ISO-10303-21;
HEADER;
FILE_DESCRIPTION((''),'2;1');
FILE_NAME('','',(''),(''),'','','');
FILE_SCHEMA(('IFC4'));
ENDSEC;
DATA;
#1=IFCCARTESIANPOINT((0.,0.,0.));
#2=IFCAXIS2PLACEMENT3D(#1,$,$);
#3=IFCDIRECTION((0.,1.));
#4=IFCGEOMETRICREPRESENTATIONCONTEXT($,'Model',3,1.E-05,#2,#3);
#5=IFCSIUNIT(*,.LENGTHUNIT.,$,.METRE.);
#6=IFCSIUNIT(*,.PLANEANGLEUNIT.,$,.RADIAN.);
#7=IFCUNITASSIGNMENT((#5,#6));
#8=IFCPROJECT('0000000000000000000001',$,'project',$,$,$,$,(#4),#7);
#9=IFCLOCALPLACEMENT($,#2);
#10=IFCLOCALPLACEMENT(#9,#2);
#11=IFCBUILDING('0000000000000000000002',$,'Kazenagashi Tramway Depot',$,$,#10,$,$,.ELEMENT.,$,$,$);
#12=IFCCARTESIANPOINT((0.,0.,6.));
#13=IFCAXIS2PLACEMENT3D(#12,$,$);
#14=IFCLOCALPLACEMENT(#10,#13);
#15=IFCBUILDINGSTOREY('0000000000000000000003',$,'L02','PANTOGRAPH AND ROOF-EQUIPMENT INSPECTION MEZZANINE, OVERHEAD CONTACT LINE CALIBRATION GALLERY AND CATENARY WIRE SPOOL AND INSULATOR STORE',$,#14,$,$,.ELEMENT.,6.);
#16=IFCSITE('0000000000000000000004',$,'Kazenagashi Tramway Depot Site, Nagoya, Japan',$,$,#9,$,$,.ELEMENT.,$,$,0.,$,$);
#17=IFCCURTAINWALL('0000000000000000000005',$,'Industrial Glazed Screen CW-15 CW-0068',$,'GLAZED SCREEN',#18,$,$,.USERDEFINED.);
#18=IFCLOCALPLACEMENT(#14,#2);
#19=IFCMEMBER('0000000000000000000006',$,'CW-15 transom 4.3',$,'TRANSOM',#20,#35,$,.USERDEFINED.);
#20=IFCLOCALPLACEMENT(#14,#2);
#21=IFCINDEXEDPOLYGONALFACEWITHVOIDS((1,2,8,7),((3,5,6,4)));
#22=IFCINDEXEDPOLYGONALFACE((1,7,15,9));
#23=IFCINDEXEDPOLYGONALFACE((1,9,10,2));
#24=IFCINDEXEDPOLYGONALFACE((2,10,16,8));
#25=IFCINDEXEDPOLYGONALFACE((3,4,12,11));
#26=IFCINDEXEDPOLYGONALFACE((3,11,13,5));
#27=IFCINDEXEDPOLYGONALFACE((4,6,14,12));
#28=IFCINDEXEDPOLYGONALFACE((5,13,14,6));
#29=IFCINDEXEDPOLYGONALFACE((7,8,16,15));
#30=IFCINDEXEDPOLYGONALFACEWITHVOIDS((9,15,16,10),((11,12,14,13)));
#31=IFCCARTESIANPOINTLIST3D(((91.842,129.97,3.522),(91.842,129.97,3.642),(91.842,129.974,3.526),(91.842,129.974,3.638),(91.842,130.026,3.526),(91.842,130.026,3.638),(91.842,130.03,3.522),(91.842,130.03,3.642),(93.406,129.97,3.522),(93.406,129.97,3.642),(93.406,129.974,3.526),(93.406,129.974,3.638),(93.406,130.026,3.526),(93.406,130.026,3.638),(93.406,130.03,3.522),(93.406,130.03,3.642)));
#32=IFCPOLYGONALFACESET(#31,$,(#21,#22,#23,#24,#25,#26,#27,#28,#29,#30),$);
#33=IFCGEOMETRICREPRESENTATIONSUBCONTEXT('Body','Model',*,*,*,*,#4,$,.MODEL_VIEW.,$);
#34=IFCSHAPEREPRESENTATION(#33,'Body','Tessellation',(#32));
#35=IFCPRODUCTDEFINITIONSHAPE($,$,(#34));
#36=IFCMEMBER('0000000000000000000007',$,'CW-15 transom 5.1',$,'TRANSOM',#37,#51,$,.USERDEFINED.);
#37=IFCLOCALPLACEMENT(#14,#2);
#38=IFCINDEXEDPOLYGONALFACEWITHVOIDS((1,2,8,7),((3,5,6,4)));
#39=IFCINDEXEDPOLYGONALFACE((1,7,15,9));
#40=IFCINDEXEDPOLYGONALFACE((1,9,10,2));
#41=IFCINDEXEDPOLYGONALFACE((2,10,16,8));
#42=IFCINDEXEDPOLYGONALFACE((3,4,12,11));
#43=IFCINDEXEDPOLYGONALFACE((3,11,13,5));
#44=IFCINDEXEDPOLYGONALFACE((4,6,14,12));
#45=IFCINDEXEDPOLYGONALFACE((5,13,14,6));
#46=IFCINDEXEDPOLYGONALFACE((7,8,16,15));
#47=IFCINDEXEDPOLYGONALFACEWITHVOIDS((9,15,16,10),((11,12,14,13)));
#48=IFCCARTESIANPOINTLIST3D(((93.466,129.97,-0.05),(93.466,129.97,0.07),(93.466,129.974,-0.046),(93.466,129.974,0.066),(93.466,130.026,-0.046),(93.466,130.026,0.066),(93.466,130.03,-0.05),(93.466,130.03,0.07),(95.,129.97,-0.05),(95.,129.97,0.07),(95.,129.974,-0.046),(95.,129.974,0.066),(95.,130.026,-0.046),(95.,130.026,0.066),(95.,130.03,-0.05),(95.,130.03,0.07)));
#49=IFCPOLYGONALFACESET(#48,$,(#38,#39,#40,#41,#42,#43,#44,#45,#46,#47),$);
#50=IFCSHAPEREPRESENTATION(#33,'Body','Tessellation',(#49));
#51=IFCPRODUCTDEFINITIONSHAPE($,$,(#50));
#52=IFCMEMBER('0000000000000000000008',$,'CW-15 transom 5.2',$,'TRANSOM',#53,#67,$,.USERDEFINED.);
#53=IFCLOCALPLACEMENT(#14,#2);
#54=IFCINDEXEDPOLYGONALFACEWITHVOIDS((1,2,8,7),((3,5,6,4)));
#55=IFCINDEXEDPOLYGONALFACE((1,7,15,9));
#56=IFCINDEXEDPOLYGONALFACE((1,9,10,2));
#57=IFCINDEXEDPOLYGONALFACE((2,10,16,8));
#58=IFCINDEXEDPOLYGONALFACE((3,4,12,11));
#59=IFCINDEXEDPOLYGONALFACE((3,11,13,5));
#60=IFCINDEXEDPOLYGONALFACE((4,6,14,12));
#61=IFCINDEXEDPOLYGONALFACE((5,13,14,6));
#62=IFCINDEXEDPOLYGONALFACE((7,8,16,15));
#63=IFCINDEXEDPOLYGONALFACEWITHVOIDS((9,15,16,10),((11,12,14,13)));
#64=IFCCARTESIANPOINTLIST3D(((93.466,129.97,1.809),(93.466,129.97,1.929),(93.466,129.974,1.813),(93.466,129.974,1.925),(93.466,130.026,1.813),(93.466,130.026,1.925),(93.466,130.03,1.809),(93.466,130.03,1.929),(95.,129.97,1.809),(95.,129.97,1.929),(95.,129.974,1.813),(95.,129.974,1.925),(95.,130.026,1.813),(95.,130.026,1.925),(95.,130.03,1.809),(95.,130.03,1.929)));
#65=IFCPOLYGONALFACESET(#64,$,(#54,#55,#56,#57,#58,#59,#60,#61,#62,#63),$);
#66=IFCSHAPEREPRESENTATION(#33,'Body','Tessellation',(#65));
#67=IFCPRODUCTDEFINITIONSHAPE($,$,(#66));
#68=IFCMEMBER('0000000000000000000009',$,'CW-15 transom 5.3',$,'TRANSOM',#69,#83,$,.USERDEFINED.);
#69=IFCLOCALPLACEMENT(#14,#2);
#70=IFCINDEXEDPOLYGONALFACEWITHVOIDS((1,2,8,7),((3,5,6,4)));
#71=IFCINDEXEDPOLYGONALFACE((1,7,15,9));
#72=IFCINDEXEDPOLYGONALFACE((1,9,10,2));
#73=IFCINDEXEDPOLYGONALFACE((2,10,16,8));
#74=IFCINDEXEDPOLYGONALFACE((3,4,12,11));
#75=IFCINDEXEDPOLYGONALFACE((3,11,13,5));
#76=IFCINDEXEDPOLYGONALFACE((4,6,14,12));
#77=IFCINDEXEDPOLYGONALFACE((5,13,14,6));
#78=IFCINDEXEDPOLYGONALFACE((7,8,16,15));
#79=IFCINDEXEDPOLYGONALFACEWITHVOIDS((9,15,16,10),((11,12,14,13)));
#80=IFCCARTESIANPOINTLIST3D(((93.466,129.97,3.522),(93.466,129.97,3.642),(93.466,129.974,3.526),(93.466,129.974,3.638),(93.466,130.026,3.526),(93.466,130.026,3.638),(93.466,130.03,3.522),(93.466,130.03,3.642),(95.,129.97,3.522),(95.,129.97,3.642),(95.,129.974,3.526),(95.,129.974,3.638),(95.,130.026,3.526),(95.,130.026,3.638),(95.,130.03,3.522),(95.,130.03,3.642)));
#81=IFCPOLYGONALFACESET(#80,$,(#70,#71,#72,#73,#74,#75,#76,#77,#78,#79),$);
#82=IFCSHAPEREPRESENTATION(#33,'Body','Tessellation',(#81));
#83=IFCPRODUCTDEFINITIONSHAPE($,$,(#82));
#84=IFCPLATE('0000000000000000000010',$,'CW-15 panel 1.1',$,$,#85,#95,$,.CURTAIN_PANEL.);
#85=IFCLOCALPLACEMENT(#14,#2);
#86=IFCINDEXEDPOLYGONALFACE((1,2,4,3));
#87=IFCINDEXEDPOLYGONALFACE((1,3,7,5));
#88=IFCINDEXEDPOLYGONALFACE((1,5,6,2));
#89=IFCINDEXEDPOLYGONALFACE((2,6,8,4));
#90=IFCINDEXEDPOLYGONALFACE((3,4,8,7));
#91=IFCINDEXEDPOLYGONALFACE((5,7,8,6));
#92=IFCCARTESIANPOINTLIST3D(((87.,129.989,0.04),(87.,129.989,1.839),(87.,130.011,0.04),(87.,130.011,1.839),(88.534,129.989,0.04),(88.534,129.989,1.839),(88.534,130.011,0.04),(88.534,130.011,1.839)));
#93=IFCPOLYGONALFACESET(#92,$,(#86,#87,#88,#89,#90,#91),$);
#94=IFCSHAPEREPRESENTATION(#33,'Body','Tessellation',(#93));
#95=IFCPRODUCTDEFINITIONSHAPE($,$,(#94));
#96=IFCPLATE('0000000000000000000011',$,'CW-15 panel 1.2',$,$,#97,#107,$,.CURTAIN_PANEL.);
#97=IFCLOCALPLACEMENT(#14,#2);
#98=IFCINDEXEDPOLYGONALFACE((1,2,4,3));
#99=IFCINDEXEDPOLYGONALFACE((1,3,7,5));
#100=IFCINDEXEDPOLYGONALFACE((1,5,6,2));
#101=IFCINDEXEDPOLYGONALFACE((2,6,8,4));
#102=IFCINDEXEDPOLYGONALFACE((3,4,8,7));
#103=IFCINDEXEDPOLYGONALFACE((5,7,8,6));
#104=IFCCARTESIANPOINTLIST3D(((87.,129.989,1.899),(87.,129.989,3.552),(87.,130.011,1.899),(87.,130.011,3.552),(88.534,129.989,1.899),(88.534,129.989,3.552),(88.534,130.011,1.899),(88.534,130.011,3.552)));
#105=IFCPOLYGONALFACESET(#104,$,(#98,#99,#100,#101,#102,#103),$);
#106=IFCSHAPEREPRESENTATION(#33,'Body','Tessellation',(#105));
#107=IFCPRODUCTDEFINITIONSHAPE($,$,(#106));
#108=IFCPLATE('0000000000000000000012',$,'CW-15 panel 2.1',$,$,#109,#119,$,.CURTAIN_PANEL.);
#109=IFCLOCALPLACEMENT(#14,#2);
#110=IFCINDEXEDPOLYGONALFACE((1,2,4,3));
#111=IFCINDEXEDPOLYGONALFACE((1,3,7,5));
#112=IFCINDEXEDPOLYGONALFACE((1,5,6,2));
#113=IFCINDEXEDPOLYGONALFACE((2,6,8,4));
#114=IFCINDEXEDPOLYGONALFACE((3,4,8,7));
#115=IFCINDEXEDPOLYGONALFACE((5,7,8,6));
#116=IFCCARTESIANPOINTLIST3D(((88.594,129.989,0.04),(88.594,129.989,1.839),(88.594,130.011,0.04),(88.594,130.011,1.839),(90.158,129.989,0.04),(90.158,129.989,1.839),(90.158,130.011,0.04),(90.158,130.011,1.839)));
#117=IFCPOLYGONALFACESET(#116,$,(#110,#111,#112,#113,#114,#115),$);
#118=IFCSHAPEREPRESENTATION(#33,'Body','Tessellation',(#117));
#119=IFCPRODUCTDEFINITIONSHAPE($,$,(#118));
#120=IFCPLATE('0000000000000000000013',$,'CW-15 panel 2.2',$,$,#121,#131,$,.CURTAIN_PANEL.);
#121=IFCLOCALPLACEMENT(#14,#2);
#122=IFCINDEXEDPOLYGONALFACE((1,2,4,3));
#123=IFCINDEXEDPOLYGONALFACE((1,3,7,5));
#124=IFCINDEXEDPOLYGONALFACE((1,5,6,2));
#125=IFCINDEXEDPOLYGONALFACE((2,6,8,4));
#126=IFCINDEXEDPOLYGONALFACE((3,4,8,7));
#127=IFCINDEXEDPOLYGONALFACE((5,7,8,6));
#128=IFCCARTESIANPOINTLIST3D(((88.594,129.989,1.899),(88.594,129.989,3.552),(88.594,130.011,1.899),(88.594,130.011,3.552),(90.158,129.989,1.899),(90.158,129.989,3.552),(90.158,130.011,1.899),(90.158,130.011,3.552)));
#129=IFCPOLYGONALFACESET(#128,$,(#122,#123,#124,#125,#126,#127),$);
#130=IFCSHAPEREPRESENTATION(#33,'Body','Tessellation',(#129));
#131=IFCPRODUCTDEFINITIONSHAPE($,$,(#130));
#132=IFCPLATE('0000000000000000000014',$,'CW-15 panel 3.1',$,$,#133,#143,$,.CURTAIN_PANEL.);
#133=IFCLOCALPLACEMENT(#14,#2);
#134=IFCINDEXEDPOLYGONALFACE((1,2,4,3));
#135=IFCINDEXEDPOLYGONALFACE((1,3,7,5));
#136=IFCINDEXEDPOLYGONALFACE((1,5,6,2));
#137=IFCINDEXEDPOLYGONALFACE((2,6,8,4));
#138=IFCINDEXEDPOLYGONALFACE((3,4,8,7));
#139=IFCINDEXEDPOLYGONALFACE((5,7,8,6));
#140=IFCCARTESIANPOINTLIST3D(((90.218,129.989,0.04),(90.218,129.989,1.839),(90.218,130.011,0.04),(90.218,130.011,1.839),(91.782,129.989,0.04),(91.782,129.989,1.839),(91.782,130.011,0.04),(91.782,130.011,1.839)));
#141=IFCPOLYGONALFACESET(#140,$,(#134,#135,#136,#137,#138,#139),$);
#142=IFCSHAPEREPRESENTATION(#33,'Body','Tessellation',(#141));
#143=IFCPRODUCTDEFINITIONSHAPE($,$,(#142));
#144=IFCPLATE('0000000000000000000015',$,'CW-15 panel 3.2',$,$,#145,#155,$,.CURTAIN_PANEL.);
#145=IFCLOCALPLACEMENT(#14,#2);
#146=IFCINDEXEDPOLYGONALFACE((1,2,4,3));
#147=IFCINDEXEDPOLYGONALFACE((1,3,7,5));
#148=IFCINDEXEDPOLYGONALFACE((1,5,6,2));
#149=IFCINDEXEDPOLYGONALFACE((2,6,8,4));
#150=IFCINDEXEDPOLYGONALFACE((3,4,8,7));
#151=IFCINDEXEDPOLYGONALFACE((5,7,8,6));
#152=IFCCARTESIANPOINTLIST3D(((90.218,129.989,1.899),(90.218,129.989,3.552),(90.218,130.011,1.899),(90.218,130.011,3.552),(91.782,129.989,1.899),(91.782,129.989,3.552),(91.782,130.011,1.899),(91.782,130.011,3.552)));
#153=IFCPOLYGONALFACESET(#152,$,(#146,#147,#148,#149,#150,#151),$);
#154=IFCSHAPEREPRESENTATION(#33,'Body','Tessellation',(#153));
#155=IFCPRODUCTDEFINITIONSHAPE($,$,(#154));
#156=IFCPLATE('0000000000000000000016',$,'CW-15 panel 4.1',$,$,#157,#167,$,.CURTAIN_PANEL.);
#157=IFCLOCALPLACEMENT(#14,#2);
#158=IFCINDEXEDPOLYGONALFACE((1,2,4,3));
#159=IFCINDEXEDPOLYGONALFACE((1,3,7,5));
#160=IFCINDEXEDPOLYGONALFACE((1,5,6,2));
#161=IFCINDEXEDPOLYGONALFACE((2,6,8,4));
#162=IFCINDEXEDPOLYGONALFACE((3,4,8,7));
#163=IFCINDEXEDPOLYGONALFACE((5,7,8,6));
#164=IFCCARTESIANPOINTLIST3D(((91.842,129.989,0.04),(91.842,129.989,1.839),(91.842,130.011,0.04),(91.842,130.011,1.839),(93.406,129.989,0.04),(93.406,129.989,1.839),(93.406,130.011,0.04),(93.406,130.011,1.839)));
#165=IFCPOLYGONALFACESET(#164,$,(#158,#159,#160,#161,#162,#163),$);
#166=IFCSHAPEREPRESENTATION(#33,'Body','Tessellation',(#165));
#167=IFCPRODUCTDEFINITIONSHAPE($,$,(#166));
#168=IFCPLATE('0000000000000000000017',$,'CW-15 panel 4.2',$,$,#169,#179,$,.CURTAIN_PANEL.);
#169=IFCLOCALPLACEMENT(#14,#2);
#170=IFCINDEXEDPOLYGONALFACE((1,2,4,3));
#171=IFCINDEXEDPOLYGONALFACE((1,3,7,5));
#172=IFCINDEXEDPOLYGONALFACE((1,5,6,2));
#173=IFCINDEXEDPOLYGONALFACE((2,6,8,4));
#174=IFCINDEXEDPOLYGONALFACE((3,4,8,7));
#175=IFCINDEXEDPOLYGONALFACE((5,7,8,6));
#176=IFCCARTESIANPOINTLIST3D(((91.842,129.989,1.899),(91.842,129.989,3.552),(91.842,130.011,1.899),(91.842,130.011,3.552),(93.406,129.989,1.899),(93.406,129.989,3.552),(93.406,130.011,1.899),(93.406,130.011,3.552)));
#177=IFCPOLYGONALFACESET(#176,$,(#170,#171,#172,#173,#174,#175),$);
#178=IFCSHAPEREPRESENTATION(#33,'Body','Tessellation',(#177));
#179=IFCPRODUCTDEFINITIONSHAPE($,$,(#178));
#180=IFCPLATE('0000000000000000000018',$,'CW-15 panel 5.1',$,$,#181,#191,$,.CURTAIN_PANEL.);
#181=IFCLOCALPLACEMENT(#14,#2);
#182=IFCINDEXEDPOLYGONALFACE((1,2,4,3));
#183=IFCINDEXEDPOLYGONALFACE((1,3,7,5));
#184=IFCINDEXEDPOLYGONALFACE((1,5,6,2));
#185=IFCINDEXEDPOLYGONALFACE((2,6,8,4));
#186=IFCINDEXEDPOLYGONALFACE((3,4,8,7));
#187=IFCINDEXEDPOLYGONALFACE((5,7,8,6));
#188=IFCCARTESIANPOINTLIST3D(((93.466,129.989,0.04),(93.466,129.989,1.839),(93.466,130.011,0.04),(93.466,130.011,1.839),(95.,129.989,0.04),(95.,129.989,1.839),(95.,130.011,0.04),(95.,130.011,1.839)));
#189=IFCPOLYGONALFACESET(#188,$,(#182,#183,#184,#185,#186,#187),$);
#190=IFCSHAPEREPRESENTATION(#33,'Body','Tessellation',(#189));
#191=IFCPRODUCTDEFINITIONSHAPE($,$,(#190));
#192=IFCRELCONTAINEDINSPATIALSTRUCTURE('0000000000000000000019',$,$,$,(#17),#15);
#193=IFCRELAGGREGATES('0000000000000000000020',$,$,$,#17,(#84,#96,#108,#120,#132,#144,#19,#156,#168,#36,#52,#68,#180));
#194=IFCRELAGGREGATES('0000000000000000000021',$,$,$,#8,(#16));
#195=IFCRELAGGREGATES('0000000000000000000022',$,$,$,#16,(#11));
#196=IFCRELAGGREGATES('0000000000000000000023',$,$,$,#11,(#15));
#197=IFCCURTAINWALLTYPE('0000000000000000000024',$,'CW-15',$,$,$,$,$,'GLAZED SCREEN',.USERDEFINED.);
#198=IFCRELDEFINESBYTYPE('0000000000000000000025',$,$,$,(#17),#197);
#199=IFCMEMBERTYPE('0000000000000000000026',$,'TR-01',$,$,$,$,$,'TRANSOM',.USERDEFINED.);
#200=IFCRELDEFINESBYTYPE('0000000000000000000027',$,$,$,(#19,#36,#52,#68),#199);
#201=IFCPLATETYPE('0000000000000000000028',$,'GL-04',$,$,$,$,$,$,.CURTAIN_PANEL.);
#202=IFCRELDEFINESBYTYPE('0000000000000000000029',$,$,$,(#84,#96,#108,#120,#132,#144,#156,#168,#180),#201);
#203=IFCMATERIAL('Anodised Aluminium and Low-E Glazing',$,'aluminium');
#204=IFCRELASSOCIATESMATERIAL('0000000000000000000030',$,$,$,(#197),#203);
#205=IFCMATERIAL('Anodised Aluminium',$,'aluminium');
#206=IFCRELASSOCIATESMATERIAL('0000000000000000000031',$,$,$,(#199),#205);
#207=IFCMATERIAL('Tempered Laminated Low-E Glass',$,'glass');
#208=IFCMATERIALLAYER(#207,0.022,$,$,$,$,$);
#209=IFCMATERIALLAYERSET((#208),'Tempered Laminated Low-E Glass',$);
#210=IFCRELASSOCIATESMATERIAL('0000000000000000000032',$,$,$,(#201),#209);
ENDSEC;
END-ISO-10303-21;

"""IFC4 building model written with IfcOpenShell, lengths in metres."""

from ifc_helpers import new_model, si_unit, direction, frame, origin, origin_2d, place, context, subcontext, project, spatial, rectangle, hollow_rectangle, extrude, material, layer, layer_set, material_profile, profile_set, type_object, element, aggregate, save


model = new_model("IFC4")

# Units and contexts
model_context = context("Model", 3, precision=1e-05, world=origin(), true_north=direction((0.0, 1.0)))
body_context = subcontext(model_context, "Body", "Model", "MODEL_VIEW")
ifc_project = project(units=[si_unit("LENGTHUNIT", "METRE"), si_unit("PLANEANGLEUNIT", "RADIAN")], contexts=[model_context])

# Site, building, storey
site_placement = place(None, origin())
site = spatial("IfcSite", under=ifc_project, at=site_placement, Name="Kazenagashi Tramway Depot Site, Nagoya, Japan", CompositionType="ELEMENT", RefElevation=0.0)
building_placement = place(site_placement, origin())
building = spatial("IfcBuilding", under=site, at=building_placement, Name="Kazenagashi Tramway Depot", CompositionType="ELEMENT")
storey_placement = place(building_placement, frame((0.0, 0.0, 6.0)))
storey = spatial("IfcBuildingStorey", under=building, at=storey_placement, Name="L02", Description="PANTOGRAPH AND ROOF-EQUIPMENT INSPECTION MEZZANINE, OVERHEAD CONTACT LINE CALIBRATION GALLERY AND CATENARY WIRE SPOOL AND INSULATOR STORE", CompositionType="ELEMENT", Elevation=6.0)

# Shared definitions
ifc_material_1 = material(Name="Anodised Aluminium and Low-E Glazing", Category="aluminium")
curtain_wall_type = type_object("IfcCurtainWallType", Name="CW-15", ElementType="GLAZED SCREEN", PredefinedType="USERDEFINED", material=ifc_material_1)
ifc_material_2 = material(Name="Anodised Aluminium", Category="aluminium")

# Curtain wall
curtain_wall_1_placement = place(storey_placement, origin())
curtain_wall_1 = element("IfcCurtainWall", 1, at=curtain_wall_1_placement, inside=storey, type_object=curtain_wall_type, Name="Industrial Glazed Screen CW-15 CW-0068", ObjectType="GLAZED SCREEN", PredefinedType="USERDEFINED")

# Members
ifc_material_profile_1 = material_profile(ifc_material_2, hollow_rectangle(XDim=0.06, YDim=0.12, WallThickness=0.004, at=origin_2d()), Name="RHS-120x60x4")
ifc_profile_set_1 = profile_set([ifc_material_profile_1], Name="Anodised Aluminium")
member_type_1 = type_object("IfcMemberType", Name="TR-01", ElementType="TRANSOM", PredefinedType="USERDEFINED", material=ifc_profile_set_1)
member_1_placement = place(storey_placement, frame((91.842, 130.0, 3.582), z_axis=(1.0, 0.0, 0.0), x_axis=(0.0, 1.0, 0.0)))
member_1 = element("IfcMember", 2, at=member_1_placement, type_object=member_type_1, Name="CW-15 transom 4.3", ObjectType="TRANSOM", PredefinedType="USERDEFINED", context=body_context, shape_type="SweptSolid", body=[
    extrude(hollow_rectangle(XDim=0.06, YDim=0.12, WallThickness=0.004, at=origin_2d()), origin(), (0.0, 0.0, 1.0), 1.564),
])
member_2_placement = place(storey_placement, frame((93.466, 130.0, 0.01), z_axis=(1.0, 0.0, 0.0), x_axis=(0.0, 1.0, 0.0)))
member_2 = element("IfcMember", 3, at=member_2_placement, type_object=member_type_1, Name="CW-15 transom 5.1", ObjectType="TRANSOM", PredefinedType="USERDEFINED", context=body_context, shape_type="SweptSolid", body=[
    extrude(hollow_rectangle(XDim=0.06, YDim=0.12, WallThickness=0.004, at=origin_2d()), origin(), (0.0, 0.0, 1.0), 1.534),
])
member_3_placement = place(storey_placement, frame((93.466, 130.0, 1.869), z_axis=(1.0, 0.0, 0.0), x_axis=(0.0, 1.0, 0.0)))
member_3 = element("IfcMember", 4, at=member_3_placement, type_object=member_type_1, Name="CW-15 transom 5.2", ObjectType="TRANSOM", PredefinedType="USERDEFINED", context=body_context, shape_type="SweptSolid", body=[
    extrude(hollow_rectangle(XDim=0.06, YDim=0.12, WallThickness=0.004, at=origin_2d()), origin(), (0.0, 0.0, 1.0), 1.534),
])
member_4_placement = place(storey_placement, frame((93.466, 130.0, 3.582), z_axis=(1.0, 0.0, 0.0), x_axis=(0.0, 1.0, 0.0)))
member_4 = element("IfcMember", 5, at=member_4_placement, type_object=member_type_1, Name="CW-15 transom 5.3", ObjectType="TRANSOM", PredefinedType="USERDEFINED", context=body_context, shape_type="SweptSolid", body=[
    extrude(hollow_rectangle(XDim=0.06, YDim=0.12, WallThickness=0.004, at=origin_2d()), origin(), (0.0, 0.0, 1.0), 1.534),
])

# Plates
ifc_material_3 = material(Name="Tempered Laminated Low-E Glass", Category="glass")
ifc_layer = layer(ifc_material_3, 0.022)
ifc_layer_set = layer_set([ifc_layer], Name="Tempered Laminated Low-E Glass")
plate_type = type_object("IfcPlateType", Name="GL-04", PredefinedType="CURTAIN_PANEL", material=ifc_layer_set)
plate_1_placement = place(storey_placement, frame((87.767, 130.0, 0.04), z_axis=(0.0, 0.0, 1.0), x_axis=(1.0, 0.0, 0.0)))
plate_1 = element("IfcPlate", 6, at=plate_1_placement, type_object=plate_type, Name="CW-15 panel 1.1", PredefinedType="CURTAIN_PANEL", context=body_context, shape_type="SweptSolid", body=[
    extrude(rectangle(XDim=1.534, YDim=0.022, at=origin_2d()), origin(), (0.0, 0.0, 1.0), 1.799),
])
plate_2_placement = place(storey_placement, frame((87.767, 130.0, 1.899), z_axis=(0.0, 0.0, 1.0), x_axis=(1.0, 0.0, 0.0)))
plate_2 = element("IfcPlate", 7, at=plate_2_placement, type_object=plate_type, Name="CW-15 panel 1.2", PredefinedType="CURTAIN_PANEL", context=body_context, shape_type="SweptSolid", body=[
    extrude(rectangle(XDim=1.534, YDim=0.022, at=origin_2d()), origin(), (0.0, 0.0, 1.0), 1.653),
])
plate_3_placement = place(storey_placement, frame((89.376, 130.0, 0.04), z_axis=(0.0, 0.0, 1.0), x_axis=(1.0, 0.0, 0.0)))
plate_3 = element("IfcPlate", 8, at=plate_3_placement, type_object=plate_type, Name="CW-15 panel 2.1", PredefinedType="CURTAIN_PANEL", context=body_context, shape_type="SweptSolid", body=[
    extrude(rectangle(XDim=1.564, YDim=0.022, at=origin_2d()), origin(), (0.0, 0.0, 1.0), 1.799),
])
plate_4_placement = place(storey_placement, frame((89.376, 130.0, 1.899), z_axis=(0.0, 0.0, 1.0), x_axis=(1.0, 0.0, 0.0)))
plate_4 = element("IfcPlate", 9, at=plate_4_placement, type_object=plate_type, Name="CW-15 panel 2.2", PredefinedType="CURTAIN_PANEL", context=body_context, shape_type="SweptSolid", body=[
    extrude(rectangle(XDim=1.564, YDim=0.022, at=origin_2d()), origin(), (0.0, 0.0, 1.0), 1.653),
])
plate_5_placement = place(storey_placement, frame((91.0, 130.0, 0.04), z_axis=(0.0, 0.0, 1.0), x_axis=(1.0, 0.0, 0.0)))
plate_5 = element("IfcPlate", 10, at=plate_5_placement, type_object=plate_type, Name="CW-15 panel 3.1", PredefinedType="CURTAIN_PANEL", context=body_context, shape_type="SweptSolid", body=[
    extrude(rectangle(XDim=1.564, YDim=0.022, at=origin_2d()), origin(), (0.0, 0.0, 1.0), 1.799),
])
plate_6_placement = place(storey_placement, frame((91.0, 130.0, 1.899), z_axis=(0.0, 0.0, 1.0), x_axis=(1.0, 0.0, 0.0)))
plate_6 = element("IfcPlate", 11, at=plate_6_placement, type_object=plate_type, Name="CW-15 panel 3.2", PredefinedType="CURTAIN_PANEL", context=body_context, shape_type="SweptSolid", body=[
    extrude(rectangle(XDim=1.564, YDim=0.022, at=origin_2d()), origin(), (0.0, 0.0, 1.0), 1.653),
])
plate_7_placement = place(storey_placement, frame((92.624, 130.0, 0.04), z_axis=(0.0, 0.0, 1.0), x_axis=(1.0, 0.0, 0.0)))
plate_7 = element("IfcPlate", 12, at=plate_7_placement, type_object=plate_type, Name="CW-15 panel 4.1", PredefinedType="CURTAIN_PANEL", context=body_context, shape_type="SweptSolid", body=[
    extrude(rectangle(XDim=1.564, YDim=0.022, at=origin_2d()), origin(), (0.0, 0.0, 1.0), 1.799),
])
plate_8_placement = place(storey_placement, frame((92.624, 130.0, 1.899), z_axis=(0.0, 0.0, 1.0), x_axis=(1.0, 0.0, 0.0)))
plate_8 = element("IfcPlate", 13, at=plate_8_placement, type_object=plate_type, Name="CW-15 panel 4.2", PredefinedType="CURTAIN_PANEL", context=body_context, shape_type="SweptSolid", body=[
    extrude(rectangle(XDim=1.564, YDim=0.022, at=origin_2d()), origin(), (0.0, 0.0, 1.0), 1.653),
])
plate_9_placement = place(storey_placement, frame((94.233, 130.0, 0.04), z_axis=(0.0, 0.0, 1.0), x_axis=(1.0, 0.0, 0.0)))
plate_9 = element("IfcPlate", 14, at=plate_9_placement, type_object=plate_type, Name="CW-15 panel 5.1", PredefinedType="CURTAIN_PANEL", context=body_context, shape_type="SweptSolid", body=[
    extrude(rectangle(XDim=1.534, YDim=0.022, at=origin_2d()), origin(), (0.0, 0.0, 1.0), 1.799),
])
aggregate(curtain_wall_1, [plate_1, plate_2, plate_3, plate_4, plate_5, plate_6, member_1, plate_7, plate_8, member_2, member_3, member_4, plate_9])

save(model, "model.ifc")
